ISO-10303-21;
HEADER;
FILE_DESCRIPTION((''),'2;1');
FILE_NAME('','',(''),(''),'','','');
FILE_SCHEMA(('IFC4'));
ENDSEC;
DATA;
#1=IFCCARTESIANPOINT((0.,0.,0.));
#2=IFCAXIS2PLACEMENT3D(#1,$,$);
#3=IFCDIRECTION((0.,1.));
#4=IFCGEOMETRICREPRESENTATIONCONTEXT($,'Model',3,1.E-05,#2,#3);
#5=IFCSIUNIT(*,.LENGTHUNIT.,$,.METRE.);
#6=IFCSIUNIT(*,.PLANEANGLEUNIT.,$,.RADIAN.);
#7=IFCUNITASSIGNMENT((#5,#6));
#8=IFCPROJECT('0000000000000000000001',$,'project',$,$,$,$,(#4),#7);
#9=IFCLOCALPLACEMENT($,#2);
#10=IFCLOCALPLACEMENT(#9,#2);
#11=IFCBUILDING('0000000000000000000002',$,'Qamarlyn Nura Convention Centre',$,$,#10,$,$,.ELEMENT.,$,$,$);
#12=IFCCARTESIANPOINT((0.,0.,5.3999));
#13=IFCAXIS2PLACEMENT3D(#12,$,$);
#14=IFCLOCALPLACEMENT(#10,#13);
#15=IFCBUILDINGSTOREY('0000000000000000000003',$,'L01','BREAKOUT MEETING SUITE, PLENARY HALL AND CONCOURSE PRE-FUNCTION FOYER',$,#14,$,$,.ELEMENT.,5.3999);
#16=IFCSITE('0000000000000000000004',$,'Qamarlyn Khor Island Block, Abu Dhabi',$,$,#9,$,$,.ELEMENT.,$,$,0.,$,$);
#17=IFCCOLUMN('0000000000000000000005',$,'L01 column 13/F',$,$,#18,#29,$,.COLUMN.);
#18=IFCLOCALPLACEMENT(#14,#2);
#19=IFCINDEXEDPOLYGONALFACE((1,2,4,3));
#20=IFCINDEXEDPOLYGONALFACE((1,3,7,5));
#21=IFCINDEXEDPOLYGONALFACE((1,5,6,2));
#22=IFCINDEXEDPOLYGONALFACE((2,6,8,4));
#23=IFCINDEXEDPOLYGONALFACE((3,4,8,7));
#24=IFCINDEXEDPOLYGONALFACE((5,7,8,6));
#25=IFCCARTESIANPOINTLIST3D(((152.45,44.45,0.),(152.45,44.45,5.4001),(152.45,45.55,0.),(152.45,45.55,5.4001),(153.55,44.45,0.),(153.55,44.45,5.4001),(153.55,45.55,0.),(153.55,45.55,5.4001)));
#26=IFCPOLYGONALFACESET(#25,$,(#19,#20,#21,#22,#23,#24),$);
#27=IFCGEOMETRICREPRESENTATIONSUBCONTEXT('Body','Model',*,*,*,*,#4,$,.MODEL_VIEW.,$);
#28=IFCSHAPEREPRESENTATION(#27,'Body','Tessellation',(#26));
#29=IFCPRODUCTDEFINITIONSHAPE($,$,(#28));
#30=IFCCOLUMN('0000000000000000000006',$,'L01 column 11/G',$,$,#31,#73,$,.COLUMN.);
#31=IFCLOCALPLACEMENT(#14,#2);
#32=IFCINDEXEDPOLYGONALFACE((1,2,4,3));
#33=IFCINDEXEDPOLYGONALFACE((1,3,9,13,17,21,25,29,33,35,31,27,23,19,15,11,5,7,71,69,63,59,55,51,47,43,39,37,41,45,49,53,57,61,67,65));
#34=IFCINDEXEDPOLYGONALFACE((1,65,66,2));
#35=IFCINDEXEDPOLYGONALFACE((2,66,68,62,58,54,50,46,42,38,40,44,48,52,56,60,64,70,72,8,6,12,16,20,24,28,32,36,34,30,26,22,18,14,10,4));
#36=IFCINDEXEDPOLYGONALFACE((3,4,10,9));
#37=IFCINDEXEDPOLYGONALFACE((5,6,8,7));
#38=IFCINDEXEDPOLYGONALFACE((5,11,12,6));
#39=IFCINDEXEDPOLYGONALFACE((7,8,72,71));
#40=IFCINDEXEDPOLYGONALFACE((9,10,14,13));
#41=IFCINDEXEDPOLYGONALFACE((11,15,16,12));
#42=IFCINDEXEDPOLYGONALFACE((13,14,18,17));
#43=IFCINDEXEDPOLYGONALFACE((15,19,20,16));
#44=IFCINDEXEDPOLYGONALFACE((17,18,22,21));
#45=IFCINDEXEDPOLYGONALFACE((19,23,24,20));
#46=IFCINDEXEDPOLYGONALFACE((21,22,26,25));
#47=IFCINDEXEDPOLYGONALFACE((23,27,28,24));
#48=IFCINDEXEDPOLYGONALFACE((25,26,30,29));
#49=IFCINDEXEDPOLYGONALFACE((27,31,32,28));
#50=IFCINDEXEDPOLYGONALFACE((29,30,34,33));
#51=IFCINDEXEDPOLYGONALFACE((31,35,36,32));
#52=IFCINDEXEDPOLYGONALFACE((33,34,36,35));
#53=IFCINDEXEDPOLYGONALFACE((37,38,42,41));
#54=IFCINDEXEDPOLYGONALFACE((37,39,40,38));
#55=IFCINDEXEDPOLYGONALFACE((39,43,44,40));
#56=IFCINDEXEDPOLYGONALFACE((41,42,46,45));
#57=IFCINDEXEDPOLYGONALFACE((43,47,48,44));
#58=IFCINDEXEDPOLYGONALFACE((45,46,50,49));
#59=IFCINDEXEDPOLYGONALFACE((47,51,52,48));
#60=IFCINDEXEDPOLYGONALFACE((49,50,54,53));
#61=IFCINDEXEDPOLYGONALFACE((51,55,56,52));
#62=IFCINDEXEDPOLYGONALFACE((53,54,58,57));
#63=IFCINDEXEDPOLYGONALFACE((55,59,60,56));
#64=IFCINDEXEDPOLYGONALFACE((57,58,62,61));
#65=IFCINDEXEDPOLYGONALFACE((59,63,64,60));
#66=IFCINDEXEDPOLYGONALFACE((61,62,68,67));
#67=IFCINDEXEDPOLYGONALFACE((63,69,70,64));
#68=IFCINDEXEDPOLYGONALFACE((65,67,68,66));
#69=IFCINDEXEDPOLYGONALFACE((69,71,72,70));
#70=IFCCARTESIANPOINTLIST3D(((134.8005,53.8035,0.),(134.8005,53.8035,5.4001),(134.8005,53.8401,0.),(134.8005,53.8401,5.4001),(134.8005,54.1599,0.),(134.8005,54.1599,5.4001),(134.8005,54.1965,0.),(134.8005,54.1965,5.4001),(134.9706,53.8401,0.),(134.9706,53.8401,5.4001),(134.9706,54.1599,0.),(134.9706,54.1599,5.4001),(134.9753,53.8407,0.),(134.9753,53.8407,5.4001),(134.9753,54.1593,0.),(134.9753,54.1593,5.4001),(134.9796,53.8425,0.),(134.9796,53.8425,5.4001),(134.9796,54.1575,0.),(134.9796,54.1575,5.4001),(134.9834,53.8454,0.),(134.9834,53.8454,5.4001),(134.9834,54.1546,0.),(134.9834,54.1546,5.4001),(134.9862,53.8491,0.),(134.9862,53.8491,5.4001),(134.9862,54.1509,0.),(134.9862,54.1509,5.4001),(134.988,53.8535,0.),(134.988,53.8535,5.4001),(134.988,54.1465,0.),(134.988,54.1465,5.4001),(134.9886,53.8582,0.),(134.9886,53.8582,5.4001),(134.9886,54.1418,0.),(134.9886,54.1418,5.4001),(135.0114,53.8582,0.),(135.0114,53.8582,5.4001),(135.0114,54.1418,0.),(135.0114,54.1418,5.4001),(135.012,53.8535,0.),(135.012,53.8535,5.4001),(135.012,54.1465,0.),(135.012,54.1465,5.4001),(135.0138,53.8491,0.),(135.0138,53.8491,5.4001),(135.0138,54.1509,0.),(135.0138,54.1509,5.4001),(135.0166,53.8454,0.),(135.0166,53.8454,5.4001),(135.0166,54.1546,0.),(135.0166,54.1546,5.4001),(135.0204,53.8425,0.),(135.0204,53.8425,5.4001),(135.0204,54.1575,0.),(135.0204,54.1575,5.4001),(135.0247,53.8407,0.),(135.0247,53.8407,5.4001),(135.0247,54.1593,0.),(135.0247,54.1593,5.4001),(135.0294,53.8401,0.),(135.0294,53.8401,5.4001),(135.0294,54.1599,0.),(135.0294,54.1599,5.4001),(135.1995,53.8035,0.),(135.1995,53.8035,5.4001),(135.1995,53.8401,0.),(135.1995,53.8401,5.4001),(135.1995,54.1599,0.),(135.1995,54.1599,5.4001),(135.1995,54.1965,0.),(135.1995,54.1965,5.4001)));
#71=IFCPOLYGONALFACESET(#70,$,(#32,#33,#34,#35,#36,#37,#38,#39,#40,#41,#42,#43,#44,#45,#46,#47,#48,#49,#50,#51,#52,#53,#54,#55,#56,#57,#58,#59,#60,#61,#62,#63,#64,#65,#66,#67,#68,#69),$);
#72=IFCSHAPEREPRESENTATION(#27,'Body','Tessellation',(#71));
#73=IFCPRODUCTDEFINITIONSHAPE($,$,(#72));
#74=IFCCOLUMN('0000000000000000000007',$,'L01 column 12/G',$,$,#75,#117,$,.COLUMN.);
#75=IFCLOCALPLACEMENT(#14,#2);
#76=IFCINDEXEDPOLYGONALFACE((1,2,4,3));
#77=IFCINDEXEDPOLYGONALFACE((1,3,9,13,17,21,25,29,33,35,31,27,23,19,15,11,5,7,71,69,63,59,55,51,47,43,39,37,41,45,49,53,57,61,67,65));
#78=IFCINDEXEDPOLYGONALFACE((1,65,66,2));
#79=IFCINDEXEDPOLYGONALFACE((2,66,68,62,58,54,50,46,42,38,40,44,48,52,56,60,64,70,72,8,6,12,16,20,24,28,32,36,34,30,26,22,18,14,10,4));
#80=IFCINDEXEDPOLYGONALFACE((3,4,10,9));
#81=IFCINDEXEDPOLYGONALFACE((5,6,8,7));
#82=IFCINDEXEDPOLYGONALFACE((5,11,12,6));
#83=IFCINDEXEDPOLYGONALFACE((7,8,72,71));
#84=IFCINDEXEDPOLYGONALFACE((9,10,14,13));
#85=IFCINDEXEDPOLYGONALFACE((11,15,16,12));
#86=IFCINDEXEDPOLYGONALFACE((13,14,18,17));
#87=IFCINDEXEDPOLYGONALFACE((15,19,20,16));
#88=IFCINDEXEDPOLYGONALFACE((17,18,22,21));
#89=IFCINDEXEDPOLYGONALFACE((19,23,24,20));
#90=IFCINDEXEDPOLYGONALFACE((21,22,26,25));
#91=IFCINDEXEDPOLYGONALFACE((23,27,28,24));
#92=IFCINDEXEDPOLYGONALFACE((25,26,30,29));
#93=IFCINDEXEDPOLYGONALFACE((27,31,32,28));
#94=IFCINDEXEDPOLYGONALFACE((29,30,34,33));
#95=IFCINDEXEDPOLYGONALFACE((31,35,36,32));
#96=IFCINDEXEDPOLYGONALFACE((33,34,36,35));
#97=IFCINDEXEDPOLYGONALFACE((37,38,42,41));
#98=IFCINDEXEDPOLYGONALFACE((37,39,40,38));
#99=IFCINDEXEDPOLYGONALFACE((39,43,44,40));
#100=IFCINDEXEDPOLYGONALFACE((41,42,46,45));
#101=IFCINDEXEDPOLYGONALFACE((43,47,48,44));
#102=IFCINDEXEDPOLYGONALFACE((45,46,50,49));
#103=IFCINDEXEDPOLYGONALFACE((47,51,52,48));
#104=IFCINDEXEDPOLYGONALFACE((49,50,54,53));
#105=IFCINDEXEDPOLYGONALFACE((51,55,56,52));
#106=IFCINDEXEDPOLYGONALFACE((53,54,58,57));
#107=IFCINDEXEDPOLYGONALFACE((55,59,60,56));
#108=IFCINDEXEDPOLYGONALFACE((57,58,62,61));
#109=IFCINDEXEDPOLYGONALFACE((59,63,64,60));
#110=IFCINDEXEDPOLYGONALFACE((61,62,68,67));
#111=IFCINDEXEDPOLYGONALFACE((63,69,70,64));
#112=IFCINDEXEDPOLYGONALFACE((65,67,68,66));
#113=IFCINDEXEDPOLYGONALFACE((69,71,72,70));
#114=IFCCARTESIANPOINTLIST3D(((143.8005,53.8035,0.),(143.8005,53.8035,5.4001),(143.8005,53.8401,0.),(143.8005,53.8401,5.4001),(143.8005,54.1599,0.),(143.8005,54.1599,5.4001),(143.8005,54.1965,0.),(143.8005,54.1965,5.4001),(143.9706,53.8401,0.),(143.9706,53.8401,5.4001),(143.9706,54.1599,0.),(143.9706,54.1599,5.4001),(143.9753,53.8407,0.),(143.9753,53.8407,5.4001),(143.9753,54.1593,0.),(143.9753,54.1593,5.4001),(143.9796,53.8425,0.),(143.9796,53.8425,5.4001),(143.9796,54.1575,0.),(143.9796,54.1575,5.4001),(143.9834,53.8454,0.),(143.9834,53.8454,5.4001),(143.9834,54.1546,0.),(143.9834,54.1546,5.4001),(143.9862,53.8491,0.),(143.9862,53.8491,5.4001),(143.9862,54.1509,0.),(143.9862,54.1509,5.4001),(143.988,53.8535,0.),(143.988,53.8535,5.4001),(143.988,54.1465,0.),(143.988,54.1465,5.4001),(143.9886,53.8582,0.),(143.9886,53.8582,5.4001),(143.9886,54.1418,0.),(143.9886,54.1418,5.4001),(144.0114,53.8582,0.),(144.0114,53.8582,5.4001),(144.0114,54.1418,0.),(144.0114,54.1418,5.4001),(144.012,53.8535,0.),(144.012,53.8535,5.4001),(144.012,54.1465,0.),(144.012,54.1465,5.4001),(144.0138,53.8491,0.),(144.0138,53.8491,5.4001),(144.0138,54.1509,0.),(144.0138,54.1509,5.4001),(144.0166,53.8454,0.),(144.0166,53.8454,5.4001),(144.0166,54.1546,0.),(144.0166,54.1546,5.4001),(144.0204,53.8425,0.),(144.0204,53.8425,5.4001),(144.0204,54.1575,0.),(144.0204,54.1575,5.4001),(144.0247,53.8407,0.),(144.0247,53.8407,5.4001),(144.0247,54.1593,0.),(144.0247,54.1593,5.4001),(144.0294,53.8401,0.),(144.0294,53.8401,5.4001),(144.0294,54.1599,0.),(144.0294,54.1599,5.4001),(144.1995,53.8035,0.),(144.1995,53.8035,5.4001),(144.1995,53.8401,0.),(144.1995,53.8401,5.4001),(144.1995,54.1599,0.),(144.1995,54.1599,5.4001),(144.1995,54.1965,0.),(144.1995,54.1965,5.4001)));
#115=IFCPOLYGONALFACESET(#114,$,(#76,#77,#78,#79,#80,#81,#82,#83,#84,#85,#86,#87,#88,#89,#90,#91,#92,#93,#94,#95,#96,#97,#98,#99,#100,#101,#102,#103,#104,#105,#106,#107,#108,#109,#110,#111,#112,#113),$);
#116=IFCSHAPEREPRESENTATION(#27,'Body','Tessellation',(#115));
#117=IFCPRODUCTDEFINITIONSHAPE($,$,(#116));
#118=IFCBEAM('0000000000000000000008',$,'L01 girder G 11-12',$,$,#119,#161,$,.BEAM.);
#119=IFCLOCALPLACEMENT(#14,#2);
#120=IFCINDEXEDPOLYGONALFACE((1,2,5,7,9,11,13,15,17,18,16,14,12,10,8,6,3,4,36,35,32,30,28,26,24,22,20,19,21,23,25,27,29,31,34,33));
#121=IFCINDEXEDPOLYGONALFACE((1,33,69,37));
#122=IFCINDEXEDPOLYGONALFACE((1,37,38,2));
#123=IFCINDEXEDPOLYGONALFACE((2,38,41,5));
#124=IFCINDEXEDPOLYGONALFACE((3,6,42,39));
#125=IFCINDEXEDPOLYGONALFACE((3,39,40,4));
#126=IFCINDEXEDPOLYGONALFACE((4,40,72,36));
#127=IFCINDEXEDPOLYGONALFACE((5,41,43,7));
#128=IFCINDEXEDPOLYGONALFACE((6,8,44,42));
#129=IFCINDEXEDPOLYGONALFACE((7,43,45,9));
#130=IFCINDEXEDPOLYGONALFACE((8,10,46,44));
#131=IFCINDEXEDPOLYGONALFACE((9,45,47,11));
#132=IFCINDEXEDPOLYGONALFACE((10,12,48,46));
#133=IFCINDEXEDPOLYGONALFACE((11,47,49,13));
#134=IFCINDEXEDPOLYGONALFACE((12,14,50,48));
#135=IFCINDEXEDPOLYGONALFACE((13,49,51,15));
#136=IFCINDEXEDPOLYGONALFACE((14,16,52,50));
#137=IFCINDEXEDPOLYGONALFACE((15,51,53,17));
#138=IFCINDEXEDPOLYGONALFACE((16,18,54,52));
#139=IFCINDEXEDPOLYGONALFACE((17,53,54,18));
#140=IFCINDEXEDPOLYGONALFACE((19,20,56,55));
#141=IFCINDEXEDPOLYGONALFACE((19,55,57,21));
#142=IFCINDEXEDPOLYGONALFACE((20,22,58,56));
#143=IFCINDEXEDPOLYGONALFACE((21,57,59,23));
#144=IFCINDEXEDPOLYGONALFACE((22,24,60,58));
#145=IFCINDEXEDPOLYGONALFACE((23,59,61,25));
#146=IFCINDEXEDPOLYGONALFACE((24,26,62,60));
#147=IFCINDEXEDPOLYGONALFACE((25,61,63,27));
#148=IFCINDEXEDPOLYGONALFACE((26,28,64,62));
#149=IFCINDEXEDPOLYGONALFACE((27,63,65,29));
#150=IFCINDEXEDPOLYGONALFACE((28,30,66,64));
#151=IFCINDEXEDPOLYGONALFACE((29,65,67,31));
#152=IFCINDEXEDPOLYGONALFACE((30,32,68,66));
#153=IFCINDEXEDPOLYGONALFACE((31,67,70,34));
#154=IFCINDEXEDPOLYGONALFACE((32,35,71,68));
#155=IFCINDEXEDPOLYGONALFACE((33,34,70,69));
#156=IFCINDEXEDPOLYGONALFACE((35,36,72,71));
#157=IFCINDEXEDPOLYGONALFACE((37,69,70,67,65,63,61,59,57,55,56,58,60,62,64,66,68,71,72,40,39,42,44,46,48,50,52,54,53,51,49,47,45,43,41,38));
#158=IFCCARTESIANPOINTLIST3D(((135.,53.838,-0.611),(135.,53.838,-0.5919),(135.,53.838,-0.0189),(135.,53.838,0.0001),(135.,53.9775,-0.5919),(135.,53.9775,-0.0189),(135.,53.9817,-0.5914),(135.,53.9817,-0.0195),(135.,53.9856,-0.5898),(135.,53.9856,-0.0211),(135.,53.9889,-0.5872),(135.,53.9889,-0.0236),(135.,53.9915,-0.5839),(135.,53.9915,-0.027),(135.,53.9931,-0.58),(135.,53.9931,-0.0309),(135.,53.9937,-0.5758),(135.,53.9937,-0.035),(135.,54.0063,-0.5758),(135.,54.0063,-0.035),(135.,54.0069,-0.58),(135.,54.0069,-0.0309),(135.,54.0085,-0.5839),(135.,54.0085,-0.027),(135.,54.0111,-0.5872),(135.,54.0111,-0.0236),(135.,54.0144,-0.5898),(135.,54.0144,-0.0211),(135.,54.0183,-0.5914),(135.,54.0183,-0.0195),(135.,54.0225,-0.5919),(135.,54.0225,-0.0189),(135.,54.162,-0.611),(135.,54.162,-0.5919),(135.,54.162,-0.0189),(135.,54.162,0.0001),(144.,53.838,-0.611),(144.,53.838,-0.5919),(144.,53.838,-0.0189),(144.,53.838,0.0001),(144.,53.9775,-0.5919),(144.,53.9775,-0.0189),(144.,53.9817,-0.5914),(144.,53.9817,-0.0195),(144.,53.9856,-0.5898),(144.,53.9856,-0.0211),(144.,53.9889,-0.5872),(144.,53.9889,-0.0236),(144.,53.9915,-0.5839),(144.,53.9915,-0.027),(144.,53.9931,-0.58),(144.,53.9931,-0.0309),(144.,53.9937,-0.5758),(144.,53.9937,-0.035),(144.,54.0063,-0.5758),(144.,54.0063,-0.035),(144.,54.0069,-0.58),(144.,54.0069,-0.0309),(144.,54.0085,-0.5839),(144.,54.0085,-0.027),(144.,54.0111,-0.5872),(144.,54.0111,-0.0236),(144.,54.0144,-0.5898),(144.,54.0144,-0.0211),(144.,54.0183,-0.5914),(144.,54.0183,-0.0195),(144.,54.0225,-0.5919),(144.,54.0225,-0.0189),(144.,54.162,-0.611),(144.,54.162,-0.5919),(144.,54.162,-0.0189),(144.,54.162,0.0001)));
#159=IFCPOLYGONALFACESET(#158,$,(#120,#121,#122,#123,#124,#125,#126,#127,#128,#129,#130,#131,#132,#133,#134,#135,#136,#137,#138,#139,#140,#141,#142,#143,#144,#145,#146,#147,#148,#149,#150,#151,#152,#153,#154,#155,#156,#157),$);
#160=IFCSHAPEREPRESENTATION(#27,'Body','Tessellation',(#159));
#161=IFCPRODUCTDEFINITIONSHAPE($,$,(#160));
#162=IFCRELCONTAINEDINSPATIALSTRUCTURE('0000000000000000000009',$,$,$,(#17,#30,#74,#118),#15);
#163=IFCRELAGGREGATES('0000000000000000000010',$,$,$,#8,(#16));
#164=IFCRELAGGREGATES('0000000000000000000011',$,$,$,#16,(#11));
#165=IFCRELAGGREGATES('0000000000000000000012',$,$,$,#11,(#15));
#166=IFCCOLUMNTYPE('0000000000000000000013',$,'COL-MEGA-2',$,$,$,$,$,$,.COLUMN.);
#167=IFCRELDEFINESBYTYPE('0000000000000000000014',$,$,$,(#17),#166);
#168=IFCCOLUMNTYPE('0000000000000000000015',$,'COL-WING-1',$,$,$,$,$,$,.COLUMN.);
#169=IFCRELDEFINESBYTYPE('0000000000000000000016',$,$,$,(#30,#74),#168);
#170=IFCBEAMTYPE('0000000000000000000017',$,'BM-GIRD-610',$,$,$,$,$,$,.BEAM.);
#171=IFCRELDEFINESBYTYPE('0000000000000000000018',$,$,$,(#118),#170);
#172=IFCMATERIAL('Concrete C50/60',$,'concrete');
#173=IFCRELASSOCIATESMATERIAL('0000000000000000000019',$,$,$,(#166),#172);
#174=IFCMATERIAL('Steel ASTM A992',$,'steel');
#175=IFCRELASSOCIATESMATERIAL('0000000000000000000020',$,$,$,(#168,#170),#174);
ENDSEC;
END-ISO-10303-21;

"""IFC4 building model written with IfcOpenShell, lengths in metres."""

from ifc_helpers import new_model, si_unit, direction, frame, origin, origin_2d, place, context, subcontext, project, spatial, rectangle, i_section, extrude, material, material_profile, profile_set, type_object, element, save


model = new_model("IFC4")

# Units and contexts
model_context = context("Model", 3, precision=1e-05, world=origin(), true_north=direction((0.0, 1.0)))
body_context = subcontext(model_context, "Body", "Model", "MODEL_VIEW")
ifc_project = project(units=[si_unit("LENGTHUNIT", "METRE"), si_unit("PLANEANGLEUNIT", "RADIAN")], contexts=[model_context])

# Site, building, storey
site_placement = place(None, origin())
site = spatial("IfcSite", under=ifc_project, at=site_placement, Name="Qamarlyn Khor Island Block, Abu Dhabi", CompositionType="ELEMENT", RefElevation=0.0)
building_placement = place(site_placement, origin())
building = spatial("IfcBuilding", under=site, at=building_placement, Name="Qamarlyn Nura Convention Centre", CompositionType="ELEMENT")
storey_placement = place(building_placement, frame((0.0, 0.0, 5.3999)))
storey = spatial("IfcBuildingStorey", under=building, at=storey_placement, Name="L01", Description="BREAKOUT MEETING SUITE, PLENARY HALL AND CONCOURSE PRE-FUNCTION FOYER", CompositionType="ELEMENT", Elevation=5.3999)

# Columns
ifc_material_1 = material(Name="Concrete C50/60", Category="concrete")
ifc_material_profile_1 = material_profile(ifc_material_1, rectangle(XDim=1.1001, YDim=1.1001, at=origin_2d()), Name="RC 1100x1100")
ifc_profile_set_1 = profile_set([ifc_material_profile_1], Name="Concrete C50/60")
column_type_1 = type_object("IfcColumnType", Name="COL-MEGA-2", PredefinedType="COLUMN", material=ifc_profile_set_1)
column_placement = place(storey_placement, frame((153.0, 45.0, 0.0), z_axis=(0.0, 0.0, 1.0), x_axis=(1.0, 0.0, 0.0)))
element("IfcColumn", 1, at=column_placement, inside=storey, type_object=column_type_1, Name="L01 column 13/F", PredefinedType="COLUMN", context=body_context, shape_type="SweptSolid", body=[
    extrude(rectangle(XDim=1.1001, YDim=1.1001, at=origin_2d()), origin(), (0.0, 0.0, 1.0), 5.4001),
])
ifc_material_2 = material(Name="Steel ASTM A992", Category="steel")
ifc_material_profile_2 = material_profile(ifc_material_2, i_section(OverallWidth=0.3989, OverallDepth=0.3931, WebThickness=0.0227, FlangeThickness=0.0366, FilletRadius=0.0181, at=origin_2d()), Name="W360X287")
ifc_profile_set_2 = profile_set([ifc_material_profile_2], Name="Steel ASTM A992")
column_type_2 = type_object("IfcColumnType", Name="COL-WING-1", PredefinedType="COLUMN", material=ifc_profile_set_2)
for number, where, z_axis, x_axis, name in (
    (2, (135.0, 54.0, 0.0), (0.0, 0.0, 1.0), (1.0, 0.0, 0.0), "L01 column 11/G"),
    (3, (144.0, 54.0, 0.0), (0.0, 0.0, 1.0), (1.0, 0.0, 0.0), "L01 column 12/G"),
):
    element("IfcColumn", number, at=place(storey_placement, frame(where, z_axis=z_axis, x_axis=x_axis)), inside=storey, type_object=column_type_2, Name=name, PredefinedType="COLUMN", context=body_context, shape_type="SweptSolid", body=[
        extrude(i_section(OverallWidth=0.3989, OverallDepth=0.3931, WebThickness=0.0227, FlangeThickness=0.0366, FilletRadius=0.0181, at=origin_2d()), origin(), (0.0, 0.0, 1.0), 5.4001),
    ])

# Beam
ifc_material_profile_3 = material_profile(ifc_material_2, i_section(OverallWidth=0.324, OverallDepth=0.6111, WebThickness=0.0127, FlangeThickness=0.019, FilletRadius=0.0161, at=origin_2d()), Name="W610X155")
ifc_profile_set_3 = profile_set([ifc_material_profile_3], Name="Steel ASTM A992")
beam_type_1 = type_object("IfcBeamType", Name="BM-GIRD-610", PredefinedType="BEAM", material=ifc_profile_set_3)
for number, where, z_axis, x_axis, name in (
    (4, (135.0, 54.0, -0.3054), (1.0, 0.0, 0.0), (0.0, 1.0, 0.0), "L01 girder G 11-12"),
):
    element("IfcBeam", number, at=place(storey_placement, frame(where, z_axis=z_axis, x_axis=x_axis)), inside=storey, type_object=beam_type_1, Name=name, PredefinedType="BEAM", context=body_context, shape_type="SweptSolid", body=[
        extrude(i_section(OverallWidth=0.324, OverallDepth=0.6111, WebThickness=0.0127, FlangeThickness=0.019, FilletRadius=0.0161, at=origin_2d()), origin(), (0.0, 0.0, 1.0), 9.0),
    ])

save(model, "model.ifc")
